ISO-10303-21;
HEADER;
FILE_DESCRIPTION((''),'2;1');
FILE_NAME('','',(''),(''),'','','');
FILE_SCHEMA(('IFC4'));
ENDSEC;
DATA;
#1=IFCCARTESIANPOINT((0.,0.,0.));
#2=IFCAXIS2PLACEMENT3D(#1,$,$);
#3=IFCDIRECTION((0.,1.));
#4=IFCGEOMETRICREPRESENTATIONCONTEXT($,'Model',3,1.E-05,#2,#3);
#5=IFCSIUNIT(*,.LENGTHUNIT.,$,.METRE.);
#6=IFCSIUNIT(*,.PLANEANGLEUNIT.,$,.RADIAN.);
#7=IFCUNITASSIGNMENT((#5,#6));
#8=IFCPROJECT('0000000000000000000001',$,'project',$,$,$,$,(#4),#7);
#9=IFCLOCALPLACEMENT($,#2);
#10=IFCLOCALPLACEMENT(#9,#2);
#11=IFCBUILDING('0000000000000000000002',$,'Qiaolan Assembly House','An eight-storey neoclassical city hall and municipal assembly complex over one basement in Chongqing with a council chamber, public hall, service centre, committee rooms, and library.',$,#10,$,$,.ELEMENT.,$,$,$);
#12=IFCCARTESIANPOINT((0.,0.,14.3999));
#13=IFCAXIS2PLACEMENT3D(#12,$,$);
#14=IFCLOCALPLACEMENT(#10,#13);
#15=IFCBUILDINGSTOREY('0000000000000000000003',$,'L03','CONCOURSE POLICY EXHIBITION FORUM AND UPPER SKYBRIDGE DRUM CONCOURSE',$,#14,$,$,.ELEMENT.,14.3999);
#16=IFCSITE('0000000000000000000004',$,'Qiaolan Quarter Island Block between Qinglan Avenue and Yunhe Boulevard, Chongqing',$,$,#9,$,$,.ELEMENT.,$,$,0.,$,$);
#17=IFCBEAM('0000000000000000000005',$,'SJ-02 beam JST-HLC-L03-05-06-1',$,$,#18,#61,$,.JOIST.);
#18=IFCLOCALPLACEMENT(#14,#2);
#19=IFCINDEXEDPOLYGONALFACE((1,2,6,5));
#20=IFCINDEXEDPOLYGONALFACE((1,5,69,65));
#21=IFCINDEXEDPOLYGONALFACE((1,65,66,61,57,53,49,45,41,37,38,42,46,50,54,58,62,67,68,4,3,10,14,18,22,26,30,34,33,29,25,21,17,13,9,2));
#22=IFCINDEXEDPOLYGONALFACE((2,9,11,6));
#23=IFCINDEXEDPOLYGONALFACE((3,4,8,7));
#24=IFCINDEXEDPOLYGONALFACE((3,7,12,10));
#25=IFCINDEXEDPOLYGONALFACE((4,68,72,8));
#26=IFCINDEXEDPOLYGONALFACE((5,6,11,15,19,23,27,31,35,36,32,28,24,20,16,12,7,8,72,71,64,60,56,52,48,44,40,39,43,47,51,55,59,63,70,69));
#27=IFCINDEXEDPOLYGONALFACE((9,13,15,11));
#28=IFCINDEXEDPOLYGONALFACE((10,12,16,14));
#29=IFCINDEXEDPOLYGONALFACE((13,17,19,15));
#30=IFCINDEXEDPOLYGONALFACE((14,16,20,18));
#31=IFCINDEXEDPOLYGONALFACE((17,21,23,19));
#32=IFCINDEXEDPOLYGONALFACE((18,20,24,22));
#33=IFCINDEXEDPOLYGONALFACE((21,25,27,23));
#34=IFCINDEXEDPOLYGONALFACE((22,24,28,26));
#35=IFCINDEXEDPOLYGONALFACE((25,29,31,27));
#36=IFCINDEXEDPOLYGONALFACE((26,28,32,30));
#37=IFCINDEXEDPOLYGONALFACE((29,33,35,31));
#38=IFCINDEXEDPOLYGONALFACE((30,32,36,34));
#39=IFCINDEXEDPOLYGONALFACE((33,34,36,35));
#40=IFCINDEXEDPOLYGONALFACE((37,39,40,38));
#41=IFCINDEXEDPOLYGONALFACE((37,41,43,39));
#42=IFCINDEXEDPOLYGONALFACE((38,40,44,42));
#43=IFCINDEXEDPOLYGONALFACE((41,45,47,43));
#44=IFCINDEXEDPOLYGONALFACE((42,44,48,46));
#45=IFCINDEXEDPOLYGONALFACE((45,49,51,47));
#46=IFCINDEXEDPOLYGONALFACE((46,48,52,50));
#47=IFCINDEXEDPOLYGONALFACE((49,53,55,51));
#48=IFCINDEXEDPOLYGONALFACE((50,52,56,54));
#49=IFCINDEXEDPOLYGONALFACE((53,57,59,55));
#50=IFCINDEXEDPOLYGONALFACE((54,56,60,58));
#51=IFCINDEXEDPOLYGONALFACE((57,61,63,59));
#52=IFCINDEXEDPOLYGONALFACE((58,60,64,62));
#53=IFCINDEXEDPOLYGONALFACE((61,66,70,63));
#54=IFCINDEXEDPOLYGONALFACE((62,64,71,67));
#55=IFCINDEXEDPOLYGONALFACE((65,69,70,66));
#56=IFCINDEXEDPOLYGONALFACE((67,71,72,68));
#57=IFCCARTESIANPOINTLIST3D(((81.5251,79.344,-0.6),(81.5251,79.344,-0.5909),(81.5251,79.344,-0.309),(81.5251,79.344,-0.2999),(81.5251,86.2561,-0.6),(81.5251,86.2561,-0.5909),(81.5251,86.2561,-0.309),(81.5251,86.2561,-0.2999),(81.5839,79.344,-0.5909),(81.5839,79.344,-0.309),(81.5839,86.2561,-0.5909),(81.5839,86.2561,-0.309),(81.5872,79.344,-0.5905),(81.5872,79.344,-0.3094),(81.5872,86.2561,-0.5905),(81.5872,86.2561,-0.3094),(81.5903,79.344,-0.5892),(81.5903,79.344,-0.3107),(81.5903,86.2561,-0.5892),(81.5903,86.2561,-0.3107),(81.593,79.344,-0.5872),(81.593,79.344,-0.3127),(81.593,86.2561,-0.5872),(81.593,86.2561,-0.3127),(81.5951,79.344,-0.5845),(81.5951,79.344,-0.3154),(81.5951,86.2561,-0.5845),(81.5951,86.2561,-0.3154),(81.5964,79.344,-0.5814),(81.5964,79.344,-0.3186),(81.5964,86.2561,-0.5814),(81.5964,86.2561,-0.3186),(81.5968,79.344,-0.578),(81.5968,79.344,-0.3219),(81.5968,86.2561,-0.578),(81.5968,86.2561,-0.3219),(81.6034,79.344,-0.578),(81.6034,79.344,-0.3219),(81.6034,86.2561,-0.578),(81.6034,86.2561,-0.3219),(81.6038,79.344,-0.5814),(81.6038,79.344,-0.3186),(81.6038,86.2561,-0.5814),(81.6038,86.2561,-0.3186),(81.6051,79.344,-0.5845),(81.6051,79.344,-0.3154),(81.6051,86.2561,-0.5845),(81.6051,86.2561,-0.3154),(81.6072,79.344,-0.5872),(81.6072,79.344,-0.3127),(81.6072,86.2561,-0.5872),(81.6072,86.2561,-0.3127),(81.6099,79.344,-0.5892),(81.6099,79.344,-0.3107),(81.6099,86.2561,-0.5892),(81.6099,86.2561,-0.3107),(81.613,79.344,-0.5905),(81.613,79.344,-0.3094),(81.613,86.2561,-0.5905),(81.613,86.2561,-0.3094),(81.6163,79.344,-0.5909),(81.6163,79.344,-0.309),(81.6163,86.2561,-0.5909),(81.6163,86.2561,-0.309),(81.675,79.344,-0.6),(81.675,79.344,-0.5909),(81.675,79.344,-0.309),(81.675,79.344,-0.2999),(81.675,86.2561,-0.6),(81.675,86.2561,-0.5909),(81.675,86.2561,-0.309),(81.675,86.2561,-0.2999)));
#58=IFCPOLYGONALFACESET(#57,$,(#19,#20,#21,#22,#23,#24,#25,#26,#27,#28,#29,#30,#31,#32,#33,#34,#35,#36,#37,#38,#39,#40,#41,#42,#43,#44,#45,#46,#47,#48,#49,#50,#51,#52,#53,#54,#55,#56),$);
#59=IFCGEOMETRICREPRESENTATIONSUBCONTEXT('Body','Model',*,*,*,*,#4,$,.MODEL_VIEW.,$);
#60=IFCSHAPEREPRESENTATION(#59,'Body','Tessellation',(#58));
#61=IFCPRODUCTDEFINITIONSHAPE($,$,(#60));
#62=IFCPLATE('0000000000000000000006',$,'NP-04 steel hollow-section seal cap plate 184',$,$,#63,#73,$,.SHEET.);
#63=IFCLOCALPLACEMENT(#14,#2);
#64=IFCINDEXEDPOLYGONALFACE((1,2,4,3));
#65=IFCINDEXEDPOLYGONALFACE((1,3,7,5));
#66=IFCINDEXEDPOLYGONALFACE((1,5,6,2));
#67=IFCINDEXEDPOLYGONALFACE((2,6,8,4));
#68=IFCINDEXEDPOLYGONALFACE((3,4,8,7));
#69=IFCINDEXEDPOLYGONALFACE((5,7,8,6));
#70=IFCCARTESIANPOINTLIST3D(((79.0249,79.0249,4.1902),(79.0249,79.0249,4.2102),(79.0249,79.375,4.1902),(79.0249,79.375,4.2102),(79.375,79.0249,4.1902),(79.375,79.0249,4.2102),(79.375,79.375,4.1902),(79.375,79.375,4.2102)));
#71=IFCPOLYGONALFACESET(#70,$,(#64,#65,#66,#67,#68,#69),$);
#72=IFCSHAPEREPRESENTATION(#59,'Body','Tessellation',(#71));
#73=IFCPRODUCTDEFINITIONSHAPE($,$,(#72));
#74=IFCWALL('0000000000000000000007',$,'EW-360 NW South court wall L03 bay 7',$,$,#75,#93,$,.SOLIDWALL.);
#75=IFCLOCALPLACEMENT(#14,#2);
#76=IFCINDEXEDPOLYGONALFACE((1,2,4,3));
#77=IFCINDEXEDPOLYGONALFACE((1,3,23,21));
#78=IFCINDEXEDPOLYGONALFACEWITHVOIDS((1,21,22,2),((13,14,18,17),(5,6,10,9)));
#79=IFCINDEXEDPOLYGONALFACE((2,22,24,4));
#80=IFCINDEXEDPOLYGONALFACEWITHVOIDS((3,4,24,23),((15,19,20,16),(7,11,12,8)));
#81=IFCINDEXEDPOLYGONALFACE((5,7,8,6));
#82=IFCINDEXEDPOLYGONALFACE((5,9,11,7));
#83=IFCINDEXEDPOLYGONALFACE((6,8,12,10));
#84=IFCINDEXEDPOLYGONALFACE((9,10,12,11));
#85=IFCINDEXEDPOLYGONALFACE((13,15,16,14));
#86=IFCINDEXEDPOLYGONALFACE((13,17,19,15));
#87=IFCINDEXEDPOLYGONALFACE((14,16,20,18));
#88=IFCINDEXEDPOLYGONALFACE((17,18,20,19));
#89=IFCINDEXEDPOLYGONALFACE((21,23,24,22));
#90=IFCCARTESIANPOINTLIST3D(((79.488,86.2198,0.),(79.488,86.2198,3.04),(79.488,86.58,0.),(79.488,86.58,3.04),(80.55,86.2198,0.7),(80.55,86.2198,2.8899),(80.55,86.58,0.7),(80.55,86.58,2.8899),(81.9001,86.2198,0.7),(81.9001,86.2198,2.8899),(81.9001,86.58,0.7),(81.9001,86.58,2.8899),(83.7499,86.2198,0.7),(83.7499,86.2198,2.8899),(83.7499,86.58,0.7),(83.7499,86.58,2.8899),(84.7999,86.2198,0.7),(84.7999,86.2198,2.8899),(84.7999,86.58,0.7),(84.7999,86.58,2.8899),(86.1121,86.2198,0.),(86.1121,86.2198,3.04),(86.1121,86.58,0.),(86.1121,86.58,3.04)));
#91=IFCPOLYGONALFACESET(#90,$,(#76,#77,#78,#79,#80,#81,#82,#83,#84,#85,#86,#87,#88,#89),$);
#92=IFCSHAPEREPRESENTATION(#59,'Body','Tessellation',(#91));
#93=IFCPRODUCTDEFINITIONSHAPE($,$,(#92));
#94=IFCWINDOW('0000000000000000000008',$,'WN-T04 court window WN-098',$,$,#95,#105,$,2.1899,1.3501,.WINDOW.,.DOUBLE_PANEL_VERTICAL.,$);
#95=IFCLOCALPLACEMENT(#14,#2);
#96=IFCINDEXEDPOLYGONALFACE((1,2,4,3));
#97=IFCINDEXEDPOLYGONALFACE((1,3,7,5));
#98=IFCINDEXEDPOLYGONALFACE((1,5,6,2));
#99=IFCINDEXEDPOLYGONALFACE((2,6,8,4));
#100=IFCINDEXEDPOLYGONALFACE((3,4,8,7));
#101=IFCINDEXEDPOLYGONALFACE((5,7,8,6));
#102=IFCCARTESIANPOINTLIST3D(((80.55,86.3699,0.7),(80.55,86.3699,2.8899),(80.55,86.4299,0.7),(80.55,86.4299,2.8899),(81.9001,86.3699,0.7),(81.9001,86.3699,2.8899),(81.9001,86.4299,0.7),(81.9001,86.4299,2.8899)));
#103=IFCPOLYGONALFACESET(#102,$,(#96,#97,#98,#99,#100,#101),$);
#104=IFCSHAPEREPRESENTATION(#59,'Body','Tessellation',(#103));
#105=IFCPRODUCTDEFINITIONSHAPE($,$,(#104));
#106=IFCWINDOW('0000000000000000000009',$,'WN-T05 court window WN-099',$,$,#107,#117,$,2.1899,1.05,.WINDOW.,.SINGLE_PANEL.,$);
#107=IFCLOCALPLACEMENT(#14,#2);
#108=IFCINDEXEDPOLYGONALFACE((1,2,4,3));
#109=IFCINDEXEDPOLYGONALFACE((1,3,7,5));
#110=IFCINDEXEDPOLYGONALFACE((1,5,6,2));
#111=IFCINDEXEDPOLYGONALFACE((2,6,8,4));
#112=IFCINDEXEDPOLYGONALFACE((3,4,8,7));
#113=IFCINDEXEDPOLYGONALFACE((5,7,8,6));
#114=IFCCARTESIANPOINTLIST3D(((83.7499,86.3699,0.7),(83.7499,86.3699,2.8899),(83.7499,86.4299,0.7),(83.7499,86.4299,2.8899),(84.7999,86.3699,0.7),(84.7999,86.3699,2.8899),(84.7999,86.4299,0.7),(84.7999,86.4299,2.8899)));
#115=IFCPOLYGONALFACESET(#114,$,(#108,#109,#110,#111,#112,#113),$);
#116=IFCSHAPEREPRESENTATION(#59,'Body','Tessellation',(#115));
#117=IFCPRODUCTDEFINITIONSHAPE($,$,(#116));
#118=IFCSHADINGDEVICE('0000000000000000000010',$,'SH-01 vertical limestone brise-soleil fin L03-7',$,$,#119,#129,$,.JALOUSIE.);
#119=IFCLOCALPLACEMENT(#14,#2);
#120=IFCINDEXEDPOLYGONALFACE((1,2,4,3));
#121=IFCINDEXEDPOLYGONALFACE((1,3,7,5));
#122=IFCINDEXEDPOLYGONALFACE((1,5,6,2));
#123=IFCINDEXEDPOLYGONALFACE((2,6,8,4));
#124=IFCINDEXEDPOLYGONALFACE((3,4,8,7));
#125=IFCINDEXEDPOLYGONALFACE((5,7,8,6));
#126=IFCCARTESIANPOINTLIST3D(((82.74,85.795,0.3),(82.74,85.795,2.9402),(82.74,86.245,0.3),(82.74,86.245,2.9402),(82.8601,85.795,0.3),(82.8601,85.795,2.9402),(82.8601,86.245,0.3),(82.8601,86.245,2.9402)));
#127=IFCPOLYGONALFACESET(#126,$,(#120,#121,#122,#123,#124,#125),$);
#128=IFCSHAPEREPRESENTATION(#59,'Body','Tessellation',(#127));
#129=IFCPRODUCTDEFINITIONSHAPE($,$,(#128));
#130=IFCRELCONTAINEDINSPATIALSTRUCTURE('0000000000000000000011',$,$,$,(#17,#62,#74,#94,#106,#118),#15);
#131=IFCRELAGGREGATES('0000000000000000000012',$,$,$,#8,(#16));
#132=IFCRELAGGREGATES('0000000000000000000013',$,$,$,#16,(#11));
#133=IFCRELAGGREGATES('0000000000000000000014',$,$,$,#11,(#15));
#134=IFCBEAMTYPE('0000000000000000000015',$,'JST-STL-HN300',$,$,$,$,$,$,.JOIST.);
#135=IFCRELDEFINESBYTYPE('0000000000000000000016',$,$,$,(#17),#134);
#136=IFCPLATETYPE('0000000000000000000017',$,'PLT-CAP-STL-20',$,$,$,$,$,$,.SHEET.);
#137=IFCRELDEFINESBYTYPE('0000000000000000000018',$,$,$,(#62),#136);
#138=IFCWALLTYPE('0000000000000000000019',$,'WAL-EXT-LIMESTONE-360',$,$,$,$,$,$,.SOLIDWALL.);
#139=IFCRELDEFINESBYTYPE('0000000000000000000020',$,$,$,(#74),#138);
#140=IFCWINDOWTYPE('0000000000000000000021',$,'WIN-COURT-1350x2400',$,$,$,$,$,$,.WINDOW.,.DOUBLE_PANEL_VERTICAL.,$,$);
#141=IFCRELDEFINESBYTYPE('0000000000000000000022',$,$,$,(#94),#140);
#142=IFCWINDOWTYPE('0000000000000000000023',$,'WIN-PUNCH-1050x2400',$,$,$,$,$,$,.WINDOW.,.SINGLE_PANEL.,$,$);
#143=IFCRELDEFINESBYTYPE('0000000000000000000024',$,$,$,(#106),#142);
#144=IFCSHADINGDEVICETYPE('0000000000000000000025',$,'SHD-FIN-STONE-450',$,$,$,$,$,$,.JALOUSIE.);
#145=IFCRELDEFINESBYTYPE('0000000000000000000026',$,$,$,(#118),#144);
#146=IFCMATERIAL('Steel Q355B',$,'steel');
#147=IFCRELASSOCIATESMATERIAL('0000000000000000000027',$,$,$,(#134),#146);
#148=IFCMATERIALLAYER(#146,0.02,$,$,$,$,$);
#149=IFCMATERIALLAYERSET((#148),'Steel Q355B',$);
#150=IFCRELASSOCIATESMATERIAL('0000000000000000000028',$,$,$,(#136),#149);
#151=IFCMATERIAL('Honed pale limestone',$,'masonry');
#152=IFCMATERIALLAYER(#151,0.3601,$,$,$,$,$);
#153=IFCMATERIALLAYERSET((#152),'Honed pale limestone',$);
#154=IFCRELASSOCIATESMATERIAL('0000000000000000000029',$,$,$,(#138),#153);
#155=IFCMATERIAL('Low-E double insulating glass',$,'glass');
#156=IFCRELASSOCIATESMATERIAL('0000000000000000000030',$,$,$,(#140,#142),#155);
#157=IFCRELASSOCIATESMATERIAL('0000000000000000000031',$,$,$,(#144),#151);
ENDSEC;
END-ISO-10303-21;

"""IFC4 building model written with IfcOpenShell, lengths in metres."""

from ifc_helpers import new_model, si_unit, direction, frame, frame_2d, origin, origin_2d, place, context, subcontext, project, spatial, rectangle, i_section, extrude, material, layer, layer_set, material_profile, profile_set, type_object, element, fill, save


model = new_model("IFC4")

# Units and contexts
model_context = context("Model", 3, precision=1e-05, world=origin(), true_north=direction((0.0, 1.0)))
body_context = subcontext(model_context, "Body", "Model", "MODEL_VIEW")
ifc_project = project(units=[si_unit("LENGTHUNIT", "METRE"), si_unit("PLANEANGLEUNIT", "RADIAN")], contexts=[model_context])

# Site, building, storey
site_placement = place(None, origin())
site = spatial("IfcSite", under=ifc_project, at=site_placement, Name="Qiaolan Quarter Island Block between Qinglan Avenue and Yunhe Boulevard, Chongqing", CompositionType="ELEMENT", RefElevation=0.0)
building_placement = place(site_placement, origin())
building = spatial("IfcBuilding", under=site, at=building_placement, Name="Qiaolan Assembly House", Description="An eight-storey neoclassical city hall and municipal assembly complex over one basement in Chongqing with a council chamber, public hall, service centre, committee rooms, and library.", CompositionType="ELEMENT")
storey_placement = place(building_placement, frame((0.0, 0.0, 14.3999)))
storey = spatial("IfcBuildingStorey", under=building, at=storey_placement, Name="L03", Description="CONCOURSE POLICY EXHIBITION FORUM AND UPPER SKYBRIDGE DRUM CONCOURSE", CompositionType="ELEMENT", Elevation=14.3999)

# Shared definitions
ifc_material_1 = material(Name="Steel Q355B", Category="steel")

# Beam
ifc_material_profile_1 = material_profile(ifc_material_1, i_section(OverallWidth=0.1499, OverallDepth=0.3, WebThickness=0.0066, FlangeThickness=0.009, FilletRadius=0.0129, at=origin_2d()), Name="HN 300x150x6.5x9")
ifc_profile_set_1 = profile_set([ifc_material_profile_1], Name="Steel Q355B")
beam_type_1 = type_object("IfcBeamType", Name="JST-STL-HN300", PredefinedType="JOIST", material=ifc_profile_set_1)
for number, where, z_axis, x_axis, name in (
    (1, (81.6001, 79.344, -0.45), (0.0, 1.0, 0.0), (-1.0, 0.0, 0.0), "SJ-02 beam JST-HLC-L03-05-06-1"),
):
    element("IfcBeam", number, at=place(storey_placement, frame(where, z_axis=z_axis, x_axis=x_axis)), inside=storey, type_object=beam_type_1, Name=name, PredefinedType="JOIST", context=body_context, shape_type="SweptSolid", body=[
        extrude(i_section(OverallWidth=0.1499, OverallDepth=0.3, WebThickness=0.0066, FlangeThickness=0.009, FilletRadius=0.0129, at=origin_2d()), origin(), (0.0, 0.0, 1.0), 6.9121),
    ])

# Plate
ifc_layer_1 = layer(ifc_material_1, 0.02)
ifc_layer_set_1 = layer_set([ifc_layer_1], Name="Steel Q355B")
plate_type = type_object("IfcPlateType", Name="PLT-CAP-STL-20", PredefinedType="SHEET", material=ifc_layer_set_1)
plate_placement = place(storey_placement, frame((79.2, 79.2, 4.1902), z_axis=(0.0, 0.0, 1.0), x_axis=(1.0, 0.0, 0.0)))
element("IfcPlate", 2, at=plate_placement, inside=storey, type_object=plate_type, Name="NP-04 steel hollow-section seal cap plate 184", PredefinedType="SHEET", context=body_context, shape_type="SweptSolid", body=[
    extrude(rectangle(XDim=0.3501, YDim=0.3501, at=origin_2d()), origin(), (0.0, 0.0, 1.0), 0.02),
])

# Wall, openings, windows
ifc_material_2 = material(Name="Honed pale limestone", Category="masonry")
ifc_layer_2 = layer(ifc_material_2, 0.3601)
ifc_layer_set_2 = layer_set([ifc_layer_2], Name="Honed pale limestone")
wall_type = type_object("IfcWallType", Name="WAL-EXT-LIMESTONE-360", PredefinedType="SOLIDWALL", material=ifc_layer_set_2)
wall_placement = place(storey_placement, frame((79.488, 86.3999, 0.0), z_axis=(0.0, 0.0, 1.0), x_axis=(1.0, 0.0, 0.0)))
wall = element("IfcWall", 3, at=wall_placement, inside=storey, type_object=wall_type, Name="EW-360 NW South court wall L03 bay 7", PredefinedType="SOLIDWALL", context=body_context, shape_type="SweptSolid", body=[
    extrude(rectangle(XDim=6.624, YDim=0.3601, at=frame_2d((3.312, 0.0))), origin(), (0.0, 0.0, 1.0), 3.04),
])
opening_1_placement = place(wall_placement, frame((1.062, 0.0, 0.7)))
opening_1 = element("IfcOpeningElement", 4, at=opening_1_placement, cuts=wall, PredefinedType="OPENING", context=body_context, shape_type="SweptSolid", body=[
    extrude(rectangle(XDim=1.3501, YDim=2.1899, at=frame_2d((0.675, 1.095))), frame((0.0, 0.1899, 0.0), z_axis=(0.0, -1.0, 0.0), x_axis=(1.0, 0.0, 0.0)), (0.0, 0.0, 1.0), 0.3801),
])
opening_2_placement = place(wall_placement, frame((4.262, 0.0, 0.7)))
opening_2 = element("IfcOpeningElement", 5, at=opening_2_placement, cuts=wall, PredefinedType="OPENING", context=body_context, shape_type="SweptSolid", body=[
    extrude(rectangle(XDim=1.05, YDim=2.1899, at=frame_2d((0.5249, 1.095))), frame((0.0, 0.1899, 0.0), z_axis=(0.0, -1.0, 0.0), x_axis=(1.0, 0.0, 0.0)), (0.0, 0.0, 1.0), 0.3801),
])
ifc_material_3 = material(Name="Low-E double insulating glass", Category="glass")
window_type_1 = type_object("IfcWindowType", Name="WIN-COURT-1350x2400", PartitioningType="DOUBLE_PANEL_VERTICAL", PredefinedType="WINDOW", material=ifc_material_3)
window_1_placement = place(opening_1_placement, origin())
window_1 = element("IfcWindow", 6, at=window_1_placement, inside=storey, type_object=window_type_1, Name="WN-T04 court window WN-098", OverallHeight=2.1899, OverallWidth=1.3501, PartitioningType="DOUBLE_PANEL_VERTICAL", PredefinedType="WINDOW", context=body_context, shape_type="SweptSolid", body=[
    extrude(rectangle(XDim=1.3501, YDim=2.1899, at=frame_2d((0.675, 1.095))), frame((0.0, 0.03, 0.0), z_axis=(0.0, -1.0, 0.0), x_axis=(1.0, 0.0, 0.0)), (0.0, 0.0, 1.0), 0.0601),
])
fill(opening_1, window_1)
window_type_2 = type_object("IfcWindowType", Name="WIN-PUNCH-1050x2400", PartitioningType="SINGLE_PANEL", PredefinedType="WINDOW", material=ifc_material_3)
window_2_placement = place(opening_2_placement, origin())
window_2 = element("IfcWindow", 7, at=window_2_placement, inside=storey, type_object=window_type_2, Name="WN-T05 court window WN-099", OverallHeight=2.1899, OverallWidth=1.05, PartitioningType="SINGLE_PANEL", PredefinedType="WINDOW", context=body_context, shape_type="SweptSolid", body=[
    extrude(rectangle(XDim=1.05, YDim=2.1899, at=frame_2d((0.5249, 1.095))), frame((0.0, 0.03, 0.0), z_axis=(0.0, -1.0, 0.0), x_axis=(1.0, 0.0, 0.0)), (0.0, 0.0, 1.0), 0.0601),
])
fill(opening_2, window_2)

# Shading device
ifc_material_profile_2 = material_profile(ifc_material_2, rectangle(XDim=0.1201, YDim=0.45, at=origin_2d()), Name="FIN 120x450")
ifc_profile_set_2 = profile_set([ifc_material_profile_2], Name="Honed pale limestone")
shading_device_type = type_object("IfcShadingDeviceType", Name="SHD-FIN-STONE-450", PredefinedType="JALOUSIE", material=ifc_profile_set_2)
shading_device_placement = place(storey_placement, frame((82.8, 86.02, 0.3), z_axis=(0.0, 0.0, 1.0), x_axis=(1.0, 0.0, 0.0)))
element("IfcShadingDevice", 8, at=shading_device_placement, inside=storey, type_object=shading_device_type, Name="SH-01 vertical limestone brise-soleil fin L03-7", PredefinedType="JALOUSIE", context=body_context, shape_type="SweptSolid", body=[
    extrude(rectangle(XDim=0.1201, YDim=0.45, at=origin_2d()), origin(), (0.0, 0.0, 1.0), 2.6401),
])

save(model, "model.ifc")
